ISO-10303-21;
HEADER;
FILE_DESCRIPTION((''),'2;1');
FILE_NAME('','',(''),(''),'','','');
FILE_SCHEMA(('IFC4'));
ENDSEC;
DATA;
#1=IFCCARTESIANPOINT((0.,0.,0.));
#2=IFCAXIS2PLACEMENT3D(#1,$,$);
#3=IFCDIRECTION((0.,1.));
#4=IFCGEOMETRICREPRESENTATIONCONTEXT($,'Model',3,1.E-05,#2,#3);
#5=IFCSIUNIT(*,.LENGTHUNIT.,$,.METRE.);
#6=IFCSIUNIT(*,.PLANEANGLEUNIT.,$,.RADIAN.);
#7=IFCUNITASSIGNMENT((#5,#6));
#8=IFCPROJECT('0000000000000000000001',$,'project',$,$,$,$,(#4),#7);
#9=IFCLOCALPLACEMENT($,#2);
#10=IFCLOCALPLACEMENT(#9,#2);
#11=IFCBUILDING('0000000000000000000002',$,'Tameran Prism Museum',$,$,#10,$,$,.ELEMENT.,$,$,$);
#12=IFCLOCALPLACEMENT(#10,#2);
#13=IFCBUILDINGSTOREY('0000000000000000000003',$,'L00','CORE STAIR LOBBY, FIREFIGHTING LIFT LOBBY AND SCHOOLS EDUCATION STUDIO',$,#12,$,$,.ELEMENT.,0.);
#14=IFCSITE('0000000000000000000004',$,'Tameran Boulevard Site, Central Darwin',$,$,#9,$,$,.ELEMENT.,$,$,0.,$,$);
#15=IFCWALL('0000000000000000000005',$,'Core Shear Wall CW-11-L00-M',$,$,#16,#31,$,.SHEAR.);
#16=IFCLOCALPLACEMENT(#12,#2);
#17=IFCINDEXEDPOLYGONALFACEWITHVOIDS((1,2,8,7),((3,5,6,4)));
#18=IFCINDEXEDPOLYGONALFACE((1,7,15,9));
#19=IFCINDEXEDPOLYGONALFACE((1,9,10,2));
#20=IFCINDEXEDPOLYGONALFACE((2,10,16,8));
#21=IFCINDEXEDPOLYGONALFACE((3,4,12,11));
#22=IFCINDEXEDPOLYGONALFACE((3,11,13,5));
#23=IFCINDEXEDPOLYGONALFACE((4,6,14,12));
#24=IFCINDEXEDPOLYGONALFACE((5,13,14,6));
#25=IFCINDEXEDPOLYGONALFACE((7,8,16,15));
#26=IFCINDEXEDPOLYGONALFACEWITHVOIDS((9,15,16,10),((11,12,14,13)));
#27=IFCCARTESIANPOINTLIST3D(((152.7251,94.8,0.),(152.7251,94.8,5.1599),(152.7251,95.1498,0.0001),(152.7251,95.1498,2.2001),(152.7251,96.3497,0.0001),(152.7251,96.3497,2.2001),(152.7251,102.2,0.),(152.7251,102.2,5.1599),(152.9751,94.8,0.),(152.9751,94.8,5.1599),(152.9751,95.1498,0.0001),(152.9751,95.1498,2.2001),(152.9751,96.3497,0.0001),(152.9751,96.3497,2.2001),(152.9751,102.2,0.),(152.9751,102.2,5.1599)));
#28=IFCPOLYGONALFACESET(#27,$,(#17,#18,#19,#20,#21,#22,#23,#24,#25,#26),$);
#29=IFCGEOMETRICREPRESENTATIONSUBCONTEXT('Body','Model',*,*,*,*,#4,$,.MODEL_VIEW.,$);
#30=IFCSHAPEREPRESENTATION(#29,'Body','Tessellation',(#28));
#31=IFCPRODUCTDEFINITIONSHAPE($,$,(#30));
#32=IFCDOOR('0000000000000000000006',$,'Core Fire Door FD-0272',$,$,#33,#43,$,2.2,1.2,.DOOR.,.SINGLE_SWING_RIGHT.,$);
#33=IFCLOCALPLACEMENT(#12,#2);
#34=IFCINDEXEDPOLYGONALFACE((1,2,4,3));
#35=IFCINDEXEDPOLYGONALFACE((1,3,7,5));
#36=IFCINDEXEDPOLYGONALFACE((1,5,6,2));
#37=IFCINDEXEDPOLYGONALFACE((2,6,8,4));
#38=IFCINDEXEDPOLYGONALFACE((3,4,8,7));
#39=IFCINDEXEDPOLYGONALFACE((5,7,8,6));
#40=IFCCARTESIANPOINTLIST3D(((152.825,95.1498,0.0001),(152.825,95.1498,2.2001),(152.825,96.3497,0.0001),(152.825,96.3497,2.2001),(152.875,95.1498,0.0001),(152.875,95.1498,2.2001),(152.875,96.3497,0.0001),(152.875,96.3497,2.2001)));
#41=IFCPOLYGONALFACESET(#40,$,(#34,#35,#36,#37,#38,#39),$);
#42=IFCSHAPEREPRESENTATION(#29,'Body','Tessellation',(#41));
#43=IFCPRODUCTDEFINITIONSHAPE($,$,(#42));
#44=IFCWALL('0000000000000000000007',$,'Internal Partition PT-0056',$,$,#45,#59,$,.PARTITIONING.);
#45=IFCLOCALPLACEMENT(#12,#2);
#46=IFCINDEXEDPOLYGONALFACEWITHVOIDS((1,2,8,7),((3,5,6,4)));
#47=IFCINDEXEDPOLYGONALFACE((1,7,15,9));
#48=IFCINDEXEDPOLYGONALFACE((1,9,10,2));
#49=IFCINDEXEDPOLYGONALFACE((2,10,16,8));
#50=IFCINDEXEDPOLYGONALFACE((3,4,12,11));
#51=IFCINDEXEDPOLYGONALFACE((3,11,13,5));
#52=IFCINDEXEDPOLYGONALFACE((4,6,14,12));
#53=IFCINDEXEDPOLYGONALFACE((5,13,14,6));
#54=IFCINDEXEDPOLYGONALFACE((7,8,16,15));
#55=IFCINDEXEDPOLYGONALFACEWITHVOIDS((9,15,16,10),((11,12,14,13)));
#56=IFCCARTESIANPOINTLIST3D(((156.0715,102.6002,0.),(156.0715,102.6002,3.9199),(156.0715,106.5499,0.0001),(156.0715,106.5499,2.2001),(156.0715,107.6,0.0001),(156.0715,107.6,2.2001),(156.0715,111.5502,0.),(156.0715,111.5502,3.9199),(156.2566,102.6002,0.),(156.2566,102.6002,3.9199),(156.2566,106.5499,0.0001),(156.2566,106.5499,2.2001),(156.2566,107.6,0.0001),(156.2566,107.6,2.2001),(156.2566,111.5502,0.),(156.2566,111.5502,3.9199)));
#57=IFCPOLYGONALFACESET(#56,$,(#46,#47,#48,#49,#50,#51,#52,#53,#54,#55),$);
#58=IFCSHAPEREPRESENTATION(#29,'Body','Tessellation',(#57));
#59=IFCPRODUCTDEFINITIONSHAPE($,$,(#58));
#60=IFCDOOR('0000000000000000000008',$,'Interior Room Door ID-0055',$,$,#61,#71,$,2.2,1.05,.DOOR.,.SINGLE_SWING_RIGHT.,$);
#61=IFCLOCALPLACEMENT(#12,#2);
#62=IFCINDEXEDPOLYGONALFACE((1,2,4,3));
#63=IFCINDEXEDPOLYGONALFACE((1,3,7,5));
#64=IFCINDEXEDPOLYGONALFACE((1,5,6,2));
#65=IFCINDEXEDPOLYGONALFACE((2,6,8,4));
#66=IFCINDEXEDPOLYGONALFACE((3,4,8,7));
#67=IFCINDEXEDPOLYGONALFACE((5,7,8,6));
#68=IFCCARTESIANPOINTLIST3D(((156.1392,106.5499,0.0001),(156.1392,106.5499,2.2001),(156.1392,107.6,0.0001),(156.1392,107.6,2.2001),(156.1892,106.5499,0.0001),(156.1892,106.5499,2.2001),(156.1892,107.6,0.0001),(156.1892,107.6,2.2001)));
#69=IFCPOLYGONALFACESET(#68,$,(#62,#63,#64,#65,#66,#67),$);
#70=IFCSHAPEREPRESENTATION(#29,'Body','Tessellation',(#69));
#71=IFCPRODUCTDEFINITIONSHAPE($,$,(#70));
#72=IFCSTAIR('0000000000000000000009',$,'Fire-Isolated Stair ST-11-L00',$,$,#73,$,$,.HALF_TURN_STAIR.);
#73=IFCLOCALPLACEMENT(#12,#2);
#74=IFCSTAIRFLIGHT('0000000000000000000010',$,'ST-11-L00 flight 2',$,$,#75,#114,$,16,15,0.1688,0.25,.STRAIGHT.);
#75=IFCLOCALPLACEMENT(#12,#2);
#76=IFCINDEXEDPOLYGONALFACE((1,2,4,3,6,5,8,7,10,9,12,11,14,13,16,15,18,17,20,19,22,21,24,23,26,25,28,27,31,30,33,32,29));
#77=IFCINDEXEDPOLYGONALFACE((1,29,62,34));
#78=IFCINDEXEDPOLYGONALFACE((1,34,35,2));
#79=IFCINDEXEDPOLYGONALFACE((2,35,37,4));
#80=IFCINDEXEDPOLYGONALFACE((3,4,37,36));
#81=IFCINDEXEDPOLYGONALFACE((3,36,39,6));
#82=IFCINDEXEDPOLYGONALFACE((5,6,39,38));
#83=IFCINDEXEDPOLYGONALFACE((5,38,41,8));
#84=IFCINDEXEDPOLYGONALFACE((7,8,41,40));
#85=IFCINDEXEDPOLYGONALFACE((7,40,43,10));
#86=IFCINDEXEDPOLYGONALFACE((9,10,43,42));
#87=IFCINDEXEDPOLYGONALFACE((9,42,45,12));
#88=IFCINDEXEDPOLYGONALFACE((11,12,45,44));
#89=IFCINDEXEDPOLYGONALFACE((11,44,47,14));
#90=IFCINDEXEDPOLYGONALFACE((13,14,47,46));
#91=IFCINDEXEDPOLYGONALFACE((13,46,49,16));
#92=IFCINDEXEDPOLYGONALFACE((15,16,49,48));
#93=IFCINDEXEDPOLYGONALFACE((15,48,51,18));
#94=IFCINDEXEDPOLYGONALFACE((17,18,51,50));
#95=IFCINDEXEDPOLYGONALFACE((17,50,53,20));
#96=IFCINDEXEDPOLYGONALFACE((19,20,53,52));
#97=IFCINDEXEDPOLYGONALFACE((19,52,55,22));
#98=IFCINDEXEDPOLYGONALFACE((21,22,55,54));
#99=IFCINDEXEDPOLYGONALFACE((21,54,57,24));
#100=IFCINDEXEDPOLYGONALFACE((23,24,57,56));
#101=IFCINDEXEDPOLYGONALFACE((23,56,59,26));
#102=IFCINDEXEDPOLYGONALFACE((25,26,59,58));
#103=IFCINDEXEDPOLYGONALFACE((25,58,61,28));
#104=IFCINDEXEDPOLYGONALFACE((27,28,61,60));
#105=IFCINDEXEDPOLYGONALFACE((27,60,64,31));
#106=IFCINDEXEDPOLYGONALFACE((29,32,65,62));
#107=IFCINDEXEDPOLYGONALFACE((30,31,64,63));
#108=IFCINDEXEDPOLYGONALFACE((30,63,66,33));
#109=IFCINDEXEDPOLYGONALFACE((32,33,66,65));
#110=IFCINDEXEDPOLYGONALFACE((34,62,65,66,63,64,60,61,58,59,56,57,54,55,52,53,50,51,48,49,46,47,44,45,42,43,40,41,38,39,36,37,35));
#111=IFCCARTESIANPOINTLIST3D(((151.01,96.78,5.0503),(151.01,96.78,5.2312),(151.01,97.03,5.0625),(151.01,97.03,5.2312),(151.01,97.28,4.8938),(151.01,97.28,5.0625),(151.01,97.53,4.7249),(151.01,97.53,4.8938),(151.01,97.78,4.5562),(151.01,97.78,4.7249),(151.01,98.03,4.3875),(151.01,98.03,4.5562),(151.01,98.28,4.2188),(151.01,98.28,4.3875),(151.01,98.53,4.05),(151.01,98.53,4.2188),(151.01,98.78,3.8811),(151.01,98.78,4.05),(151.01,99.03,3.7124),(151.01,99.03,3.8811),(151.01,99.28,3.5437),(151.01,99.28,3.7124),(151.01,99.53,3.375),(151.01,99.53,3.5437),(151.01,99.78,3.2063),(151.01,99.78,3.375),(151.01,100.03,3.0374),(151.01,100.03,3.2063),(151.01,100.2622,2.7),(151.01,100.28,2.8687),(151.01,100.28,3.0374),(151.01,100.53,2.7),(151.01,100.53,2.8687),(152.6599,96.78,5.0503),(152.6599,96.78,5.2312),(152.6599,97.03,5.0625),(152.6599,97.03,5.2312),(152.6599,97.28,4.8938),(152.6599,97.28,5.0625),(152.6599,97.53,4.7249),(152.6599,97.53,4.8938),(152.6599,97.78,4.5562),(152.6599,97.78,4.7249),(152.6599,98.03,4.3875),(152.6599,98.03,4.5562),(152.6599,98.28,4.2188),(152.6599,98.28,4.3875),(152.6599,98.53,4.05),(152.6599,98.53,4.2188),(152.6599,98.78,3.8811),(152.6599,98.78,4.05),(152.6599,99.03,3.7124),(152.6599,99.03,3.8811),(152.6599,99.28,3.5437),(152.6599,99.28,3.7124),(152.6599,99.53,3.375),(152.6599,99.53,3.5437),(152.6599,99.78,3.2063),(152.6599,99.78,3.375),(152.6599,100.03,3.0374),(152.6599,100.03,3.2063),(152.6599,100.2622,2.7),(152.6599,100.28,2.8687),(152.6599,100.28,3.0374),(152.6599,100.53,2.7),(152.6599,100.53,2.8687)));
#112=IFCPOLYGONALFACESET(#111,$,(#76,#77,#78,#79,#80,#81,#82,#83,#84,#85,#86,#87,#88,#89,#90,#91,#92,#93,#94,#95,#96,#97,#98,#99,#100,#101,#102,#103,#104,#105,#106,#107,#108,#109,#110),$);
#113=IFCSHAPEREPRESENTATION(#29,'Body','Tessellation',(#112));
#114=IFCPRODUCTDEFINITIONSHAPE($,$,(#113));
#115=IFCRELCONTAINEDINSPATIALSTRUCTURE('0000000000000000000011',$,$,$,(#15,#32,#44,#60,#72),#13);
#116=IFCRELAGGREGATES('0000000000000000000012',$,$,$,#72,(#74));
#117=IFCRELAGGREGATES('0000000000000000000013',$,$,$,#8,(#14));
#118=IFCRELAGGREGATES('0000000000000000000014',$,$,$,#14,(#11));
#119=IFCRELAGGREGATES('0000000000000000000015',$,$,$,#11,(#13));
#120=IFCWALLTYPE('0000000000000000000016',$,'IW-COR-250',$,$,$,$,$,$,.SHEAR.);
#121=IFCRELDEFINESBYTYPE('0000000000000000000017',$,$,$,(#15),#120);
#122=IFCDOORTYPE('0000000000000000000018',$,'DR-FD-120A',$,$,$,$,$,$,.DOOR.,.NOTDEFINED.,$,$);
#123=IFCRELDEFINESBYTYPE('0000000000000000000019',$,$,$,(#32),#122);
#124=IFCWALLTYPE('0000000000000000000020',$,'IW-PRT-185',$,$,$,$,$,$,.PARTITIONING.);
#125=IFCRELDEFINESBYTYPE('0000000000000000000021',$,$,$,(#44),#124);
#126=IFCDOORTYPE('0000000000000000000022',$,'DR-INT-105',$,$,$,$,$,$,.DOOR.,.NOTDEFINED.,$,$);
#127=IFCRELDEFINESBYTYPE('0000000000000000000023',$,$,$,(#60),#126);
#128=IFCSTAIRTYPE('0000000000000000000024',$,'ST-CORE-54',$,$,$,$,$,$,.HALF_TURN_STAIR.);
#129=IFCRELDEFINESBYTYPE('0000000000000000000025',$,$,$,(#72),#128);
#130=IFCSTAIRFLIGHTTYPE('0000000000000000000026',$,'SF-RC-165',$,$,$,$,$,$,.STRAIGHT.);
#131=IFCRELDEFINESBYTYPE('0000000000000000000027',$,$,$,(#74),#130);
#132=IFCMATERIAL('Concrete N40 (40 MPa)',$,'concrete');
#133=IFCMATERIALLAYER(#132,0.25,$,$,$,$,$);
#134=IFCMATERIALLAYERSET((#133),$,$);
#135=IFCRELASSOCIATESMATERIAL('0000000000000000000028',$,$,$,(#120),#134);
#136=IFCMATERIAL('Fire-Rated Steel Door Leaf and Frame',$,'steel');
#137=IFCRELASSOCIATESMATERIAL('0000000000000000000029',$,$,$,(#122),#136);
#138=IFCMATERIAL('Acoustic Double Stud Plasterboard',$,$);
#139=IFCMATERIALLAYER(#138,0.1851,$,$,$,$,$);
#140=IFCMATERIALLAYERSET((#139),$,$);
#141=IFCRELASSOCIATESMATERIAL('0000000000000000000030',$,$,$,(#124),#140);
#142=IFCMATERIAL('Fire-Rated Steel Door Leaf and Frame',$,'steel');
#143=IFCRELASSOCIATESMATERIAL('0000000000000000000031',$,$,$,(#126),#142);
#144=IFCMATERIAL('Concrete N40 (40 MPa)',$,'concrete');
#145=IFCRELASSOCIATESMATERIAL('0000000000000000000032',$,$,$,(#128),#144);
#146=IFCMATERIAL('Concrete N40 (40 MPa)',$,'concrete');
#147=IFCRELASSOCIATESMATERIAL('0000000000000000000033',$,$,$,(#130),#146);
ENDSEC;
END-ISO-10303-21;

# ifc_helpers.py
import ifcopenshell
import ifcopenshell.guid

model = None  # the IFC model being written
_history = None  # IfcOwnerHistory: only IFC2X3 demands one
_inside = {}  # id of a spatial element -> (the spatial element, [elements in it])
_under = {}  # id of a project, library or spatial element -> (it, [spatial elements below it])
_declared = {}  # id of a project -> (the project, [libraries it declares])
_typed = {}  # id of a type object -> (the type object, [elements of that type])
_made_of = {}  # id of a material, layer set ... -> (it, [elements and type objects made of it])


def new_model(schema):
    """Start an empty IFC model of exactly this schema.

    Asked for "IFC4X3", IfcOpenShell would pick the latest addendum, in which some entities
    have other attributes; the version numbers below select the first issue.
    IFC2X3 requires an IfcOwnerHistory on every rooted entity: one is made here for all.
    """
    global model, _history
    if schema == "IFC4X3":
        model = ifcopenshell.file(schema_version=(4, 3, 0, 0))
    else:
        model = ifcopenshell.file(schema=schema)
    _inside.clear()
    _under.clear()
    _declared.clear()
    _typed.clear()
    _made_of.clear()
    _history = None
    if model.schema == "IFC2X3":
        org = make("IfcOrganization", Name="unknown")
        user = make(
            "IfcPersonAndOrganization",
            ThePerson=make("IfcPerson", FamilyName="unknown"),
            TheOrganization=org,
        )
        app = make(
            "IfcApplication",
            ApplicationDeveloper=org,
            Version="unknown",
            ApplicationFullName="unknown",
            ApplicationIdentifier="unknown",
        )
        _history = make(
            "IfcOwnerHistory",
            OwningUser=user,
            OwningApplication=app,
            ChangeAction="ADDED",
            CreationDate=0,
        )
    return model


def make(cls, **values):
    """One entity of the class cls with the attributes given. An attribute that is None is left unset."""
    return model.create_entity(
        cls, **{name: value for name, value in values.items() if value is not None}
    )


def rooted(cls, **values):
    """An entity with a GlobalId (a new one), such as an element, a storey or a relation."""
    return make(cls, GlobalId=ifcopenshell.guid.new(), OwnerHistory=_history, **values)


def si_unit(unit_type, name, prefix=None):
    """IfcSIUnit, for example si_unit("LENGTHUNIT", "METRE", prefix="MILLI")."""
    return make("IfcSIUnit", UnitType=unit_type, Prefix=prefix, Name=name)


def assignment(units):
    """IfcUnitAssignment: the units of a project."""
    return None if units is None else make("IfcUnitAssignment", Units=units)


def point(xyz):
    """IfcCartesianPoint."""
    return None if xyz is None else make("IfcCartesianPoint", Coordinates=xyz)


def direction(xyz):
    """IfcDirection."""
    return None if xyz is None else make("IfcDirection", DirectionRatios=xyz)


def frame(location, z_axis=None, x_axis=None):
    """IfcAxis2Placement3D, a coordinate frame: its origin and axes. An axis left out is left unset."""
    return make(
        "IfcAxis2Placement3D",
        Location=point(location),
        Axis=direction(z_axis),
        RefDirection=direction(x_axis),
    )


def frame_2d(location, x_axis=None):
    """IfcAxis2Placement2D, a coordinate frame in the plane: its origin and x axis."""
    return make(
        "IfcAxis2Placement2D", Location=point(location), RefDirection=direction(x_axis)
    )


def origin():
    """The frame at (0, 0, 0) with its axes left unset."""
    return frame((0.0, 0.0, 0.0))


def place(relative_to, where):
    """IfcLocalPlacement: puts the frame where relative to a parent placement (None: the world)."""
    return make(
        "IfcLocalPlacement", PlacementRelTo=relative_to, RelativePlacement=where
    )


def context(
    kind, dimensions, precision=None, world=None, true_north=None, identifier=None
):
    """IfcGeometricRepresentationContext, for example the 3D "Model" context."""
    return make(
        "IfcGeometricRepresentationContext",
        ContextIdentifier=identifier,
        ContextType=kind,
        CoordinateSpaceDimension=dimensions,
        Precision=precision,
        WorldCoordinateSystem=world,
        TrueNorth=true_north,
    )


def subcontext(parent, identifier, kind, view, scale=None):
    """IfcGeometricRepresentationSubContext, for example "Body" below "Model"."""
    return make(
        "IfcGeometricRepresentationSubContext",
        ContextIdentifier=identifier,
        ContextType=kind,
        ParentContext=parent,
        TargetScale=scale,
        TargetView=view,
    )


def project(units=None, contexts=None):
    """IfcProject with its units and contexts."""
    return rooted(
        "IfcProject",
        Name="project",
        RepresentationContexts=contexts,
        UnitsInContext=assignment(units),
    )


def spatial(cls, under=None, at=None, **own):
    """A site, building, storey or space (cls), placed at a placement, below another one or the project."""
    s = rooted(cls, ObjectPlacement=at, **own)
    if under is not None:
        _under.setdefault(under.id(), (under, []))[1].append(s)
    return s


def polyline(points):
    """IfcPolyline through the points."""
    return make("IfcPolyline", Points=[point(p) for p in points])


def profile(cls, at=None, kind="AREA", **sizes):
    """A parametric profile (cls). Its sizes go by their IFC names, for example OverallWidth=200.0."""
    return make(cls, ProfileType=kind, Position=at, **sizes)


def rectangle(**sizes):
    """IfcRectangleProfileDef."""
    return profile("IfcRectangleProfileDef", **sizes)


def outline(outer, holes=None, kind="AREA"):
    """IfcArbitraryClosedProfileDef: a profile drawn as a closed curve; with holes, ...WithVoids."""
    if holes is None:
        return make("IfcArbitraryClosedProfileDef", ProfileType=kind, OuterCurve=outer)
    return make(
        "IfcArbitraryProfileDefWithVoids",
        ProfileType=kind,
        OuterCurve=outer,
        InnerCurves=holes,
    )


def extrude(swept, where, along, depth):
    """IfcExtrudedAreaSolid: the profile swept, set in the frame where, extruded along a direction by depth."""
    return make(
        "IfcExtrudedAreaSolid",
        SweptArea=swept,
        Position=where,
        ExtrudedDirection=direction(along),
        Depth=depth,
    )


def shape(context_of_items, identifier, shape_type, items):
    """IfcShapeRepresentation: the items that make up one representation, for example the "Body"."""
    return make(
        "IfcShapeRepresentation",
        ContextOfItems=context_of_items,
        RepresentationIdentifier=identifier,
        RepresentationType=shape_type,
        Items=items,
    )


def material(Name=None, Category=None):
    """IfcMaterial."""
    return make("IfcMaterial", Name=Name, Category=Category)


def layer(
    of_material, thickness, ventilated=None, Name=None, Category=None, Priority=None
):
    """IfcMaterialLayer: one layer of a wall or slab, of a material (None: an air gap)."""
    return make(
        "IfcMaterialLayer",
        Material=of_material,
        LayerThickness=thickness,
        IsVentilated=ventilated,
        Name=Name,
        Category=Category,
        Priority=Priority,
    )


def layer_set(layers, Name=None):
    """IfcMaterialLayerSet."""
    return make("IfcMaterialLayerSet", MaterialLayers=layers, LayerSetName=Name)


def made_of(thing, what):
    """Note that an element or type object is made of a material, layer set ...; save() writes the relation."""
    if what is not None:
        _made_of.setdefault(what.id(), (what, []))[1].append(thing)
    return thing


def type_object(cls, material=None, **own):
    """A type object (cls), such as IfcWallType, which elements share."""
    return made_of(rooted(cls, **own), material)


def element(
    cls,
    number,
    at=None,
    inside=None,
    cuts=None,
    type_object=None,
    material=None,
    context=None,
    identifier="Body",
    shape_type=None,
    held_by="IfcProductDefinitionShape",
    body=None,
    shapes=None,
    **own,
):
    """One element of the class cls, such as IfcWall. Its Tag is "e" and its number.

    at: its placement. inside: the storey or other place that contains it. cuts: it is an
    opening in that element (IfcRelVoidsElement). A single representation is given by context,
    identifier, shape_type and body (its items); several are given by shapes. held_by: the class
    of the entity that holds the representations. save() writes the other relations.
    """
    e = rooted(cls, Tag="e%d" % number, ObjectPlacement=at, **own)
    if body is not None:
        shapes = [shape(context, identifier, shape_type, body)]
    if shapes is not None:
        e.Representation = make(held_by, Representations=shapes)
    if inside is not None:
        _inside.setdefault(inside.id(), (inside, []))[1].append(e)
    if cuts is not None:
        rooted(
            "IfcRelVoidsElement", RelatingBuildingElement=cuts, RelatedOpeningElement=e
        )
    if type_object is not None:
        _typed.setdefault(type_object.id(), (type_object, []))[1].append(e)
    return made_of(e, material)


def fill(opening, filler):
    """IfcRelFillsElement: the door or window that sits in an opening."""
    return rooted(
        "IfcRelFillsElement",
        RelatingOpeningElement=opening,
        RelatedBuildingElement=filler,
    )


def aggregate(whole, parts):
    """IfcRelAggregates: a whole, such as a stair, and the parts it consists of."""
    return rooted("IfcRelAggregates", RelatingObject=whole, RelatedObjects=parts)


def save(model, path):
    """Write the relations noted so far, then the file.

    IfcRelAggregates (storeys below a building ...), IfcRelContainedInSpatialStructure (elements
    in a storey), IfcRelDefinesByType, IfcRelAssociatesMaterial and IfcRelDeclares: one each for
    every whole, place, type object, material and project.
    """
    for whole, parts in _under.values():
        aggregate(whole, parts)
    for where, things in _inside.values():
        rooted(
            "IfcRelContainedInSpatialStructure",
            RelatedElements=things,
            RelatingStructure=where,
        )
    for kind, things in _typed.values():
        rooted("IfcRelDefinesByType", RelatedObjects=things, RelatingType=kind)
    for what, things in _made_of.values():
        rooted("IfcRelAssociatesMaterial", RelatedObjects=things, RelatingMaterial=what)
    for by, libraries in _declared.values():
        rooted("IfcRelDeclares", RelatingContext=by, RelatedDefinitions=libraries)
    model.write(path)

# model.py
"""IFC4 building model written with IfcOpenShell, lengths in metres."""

from ifc_helpers import new_model, si_unit, direction, frame, frame_2d, origin, place, context, subcontext, project, spatial, polyline, rectangle, outline, extrude, material, layer, layer_set, type_object, element, fill, aggregate, save


model = new_model("IFC4")

# Units and contexts
model_context = context("Model", 3, precision=1e-05, world=origin(), true_north=direction((0.0, 1.0)))
body_context = subcontext(model_context, "Body", "Model", "MODEL_VIEW")
ifc_project = project(units=[si_unit("LENGTHUNIT", "METRE"), si_unit("PLANEANGLEUNIT", "RADIAN")], contexts=[model_context])

# Site, building, storey
site_placement = place(None, origin())
site = spatial("IfcSite", under=ifc_project, at=site_placement, Name="Tameran Boulevard Site, Central Darwin", CompositionType="ELEMENT", RefElevation=0.0)
building_placement = place(site_placement, origin())
building = spatial("IfcBuilding", under=site, at=building_placement, Name="Tameran Prism Museum", CompositionType="ELEMENT")
storey_placement = place(building_placement, origin())
storey = spatial("IfcBuildingStorey", under=building, at=storey_placement, Name="L00", Description="CORE STAIR LOBBY, FIREFIGHTING LIFT LOBBY AND SCHOOLS EDUCATION STUDIO", CompositionType="ELEMENT", Elevation=0.0)

# Shared definitions
ifc_material_1 = material(Name="Concrete N40 (40 MPa)", Category="concrete")
ifc_layer_1 = layer(ifc_material_1, 0.25)
ifc_layer_set_1 = layer_set([ifc_layer_1])
wall_type_1 = type_object("IfcWallType", Name="IW-COR-250", PredefinedType="SHEAR", material=ifc_layer_set_1)

# Walls, openings, doors
wall_1_placement = place(storey_placement, frame((152.8501, 102.2, 0.0), z_axis=(0.0, 0.0, 1.0), x_axis=(0.0, -1.0, 0.0)))
wall_1 = element("IfcWall", 1, at=wall_1_placement, inside=storey, type_object=wall_type_1, Name="Core Shear Wall CW-11-L00-M", PredefinedType="SHEAR", context=body_context, shape_type="SweptSolid", body=[
    extrude(rectangle(XDim=7.3999, YDim=0.25, at=frame_2d((3.7, 0.0))), origin(), (0.0, 0.0, 1.0), 5.1599),
])
opening_1_placement = place(wall_1_placement, frame((5.8501, 0.0, 0.0)))
opening_1 = element("IfcOpeningElement", 2, at=opening_1_placement, cuts=wall_1, PredefinedType="OPENING", context=body_context, shape_type="SweptSolid", body=[
    extrude(rectangle(XDim=1.2, YDim=2.2, at=frame_2d((0.6001, 1.1001))), frame((0.0, 0.135, 0.0), z_axis=(0.0, -1.0, 0.0), x_axis=(1.0, 0.0, 0.0)), (0.0, 0.0, 1.0), 0.27),
])
ifc_material_2 = material(Name="Fire-Rated Steel Door Leaf and Frame", Category="steel")
door_type_1 = type_object("IfcDoorType", Name="DR-FD-120A", OperationType="NOTDEFINED", PredefinedType="DOOR", material=ifc_material_2)
door_1_placement = place(opening_1_placement, origin())
door_1 = element("IfcDoor", 3, at=door_1_placement, inside=storey, type_object=door_type_1, Name="Core Fire Door FD-0272", OperationType="SINGLE_SWING_RIGHT", OverallHeight=2.2, OverallWidth=1.2, PredefinedType="DOOR", context=body_context, shape_type="SweptSolid", body=[
    extrude(rectangle(XDim=1.2, YDim=2.2, at=frame_2d((0.6001, 1.1001))), frame((0.0, 0.0249, 0.0), z_axis=(0.0, -1.0, 0.0), x_axis=(1.0, 0.0, 0.0)), (0.0, 0.0, 1.0), 0.05),
])
fill(opening_1, door_1)
ifc_material_3 = material(Name="Acoustic Double Stud Plasterboard")
ifc_layer_2 = layer(ifc_material_3, 0.1851)
ifc_layer_set_2 = layer_set([ifc_layer_2])
wall_type_2 = type_object("IfcWallType", Name="IW-PRT-185", PredefinedType="PARTITIONING", material=ifc_layer_set_2)
wall_2_placement = place(storey_placement, frame((156.1641, 102.6001, 0.0), z_axis=(0.0, 0.0, 1.0), x_axis=(0.0, 1.0, 0.0)))
wall_2 = element("IfcWall", 4, at=wall_2_placement, inside=storey, type_object=wall_type_2, Name="Internal Partition PT-0056", PredefinedType="PARTITIONING", context=body_context, shape_type="SweptSolid", body=[
    extrude(rectangle(XDim=8.95, YDim=0.1851, at=frame_2d((4.4751, 0.0))), origin(), (0.0, 0.0, 1.0), 3.9199),
])
opening_2_placement = place(wall_2_placement, frame((3.95, 0.0, 0.0)))
opening_2 = element("IfcOpeningElement", 5, at=opening_2_placement, cuts=wall_2, PredefinedType="OPENING", context=body_context, shape_type="SweptSolid", body=[
    extrude(rectangle(XDim=1.05, YDim=2.2, at=frame_2d((0.5249, 1.1001))), frame((0.0, 0.1025, 0.0), z_axis=(0.0, -1.0, 0.0), x_axis=(1.0, 0.0, 0.0)), (0.0, 0.0, 1.0), 0.2051),
])
ifc_material_4 = material(Name="Fire-Rated Steel Door Leaf and Frame", Category="steel")
door_type_2 = type_object("IfcDoorType", Name="DR-INT-105", OperationType="NOTDEFINED", PredefinedType="DOOR", material=ifc_material_4)
door_2_placement = place(opening_2_placement, origin())
door_2 = element("IfcDoor", 6, at=door_2_placement, inside=storey, type_object=door_type_2, Name="Interior Room Door ID-0055", OperationType="SINGLE_SWING_RIGHT", OverallHeight=2.2, OverallWidth=1.05, PredefinedType="DOOR", context=body_context, shape_type="SweptSolid", body=[
    extrude(rectangle(XDim=1.05, YDim=2.2, at=frame_2d((0.5249, 1.1001))), frame((0.0, 0.0249, 0.0), z_axis=(0.0, -1.0, 0.0), x_axis=(1.0, 0.0, 0.0)), (0.0, 0.0, 1.0), 0.05),
])
fill(opening_2, door_2)

# Stair, stair flight
ifc_material_5 = material(Name="Concrete N40 (40 MPa)", Category="concrete")
stair_type = type_object("IfcStairType", Name="ST-CORE-54", PredefinedType="HALF_TURN_STAIR", material=ifc_material_5)
stair_placement = place(storey_placement, origin())
stair = element("IfcStair", 7, at=stair_placement, inside=storey, type_object=stair_type, Name="Fire-Isolated Stair ST-11-L00", PredefinedType="HALF_TURN_STAIR")
ifc_material_6 = material(Name="Concrete N40 (40 MPa)", Category="concrete")
stair_flight_type = type_object("IfcStairFlightType", Name="SF-RC-165", PredefinedType="STRAIGHT", material=ifc_material_6)
stair_flight_placement = place(storey_placement, frame((151.835, 100.53, 2.7), z_axis=(0.0, 0.0, 1.0), x_axis=(0.0, -1.0, 0.0)))
stair_flight = element("IfcStairFlight", 8, at=stair_flight_placement, type_object=stair_flight_type, Name="ST-11-L00 flight 2", NumberOfRisers=16, NumberOfTreads=15, PredefinedType="STRAIGHT", RiserHeight=0.1688, TreadLength=0.25, context=body_context, shape_type="SweptSolid", body=[
    extrude(outline(polyline([(0.0, 0.0), (0.0, 0.1687), (0.25, 0.1687), (0.25, 0.3374), (0.5, 0.3374), (0.5, 0.5063), (0.75, 0.5063), (0.75, 0.675), (1.0, 0.675), (1.0, 0.8438), (1.25, 0.8438), (1.25, 1.0125), (1.5, 1.0125), (1.5, 1.1812), (1.75, 1.1812), (1.75, 1.3501), (2.0, 1.3501), (2.0, 1.5188), (2.25, 1.5188), (2.25, 1.6875), (2.5, 1.6875), (2.5, 1.8562), (2.75, 1.8562), (2.75, 2.0249), (3.0, 2.0249), (3.0, 2.1938), (3.25, 2.1938), (3.25, 2.3625), (3.5, 2.3625), (3.5, 2.5312), (3.75, 2.5312), (3.75, 2.7), (3.75, 2.3503), (0.2678, 0.0), (0.0, 0.0)])), frame((0.0, 0.825, 0.0), z_axis=(0.0, -1.0, 0.0), x_axis=(1.0, 0.0, 0.0)), (0.0, 0.0, 1.0), 1.6499),
])
aggregate(stair, [stair_flight])

save(model, "model.ifc")
